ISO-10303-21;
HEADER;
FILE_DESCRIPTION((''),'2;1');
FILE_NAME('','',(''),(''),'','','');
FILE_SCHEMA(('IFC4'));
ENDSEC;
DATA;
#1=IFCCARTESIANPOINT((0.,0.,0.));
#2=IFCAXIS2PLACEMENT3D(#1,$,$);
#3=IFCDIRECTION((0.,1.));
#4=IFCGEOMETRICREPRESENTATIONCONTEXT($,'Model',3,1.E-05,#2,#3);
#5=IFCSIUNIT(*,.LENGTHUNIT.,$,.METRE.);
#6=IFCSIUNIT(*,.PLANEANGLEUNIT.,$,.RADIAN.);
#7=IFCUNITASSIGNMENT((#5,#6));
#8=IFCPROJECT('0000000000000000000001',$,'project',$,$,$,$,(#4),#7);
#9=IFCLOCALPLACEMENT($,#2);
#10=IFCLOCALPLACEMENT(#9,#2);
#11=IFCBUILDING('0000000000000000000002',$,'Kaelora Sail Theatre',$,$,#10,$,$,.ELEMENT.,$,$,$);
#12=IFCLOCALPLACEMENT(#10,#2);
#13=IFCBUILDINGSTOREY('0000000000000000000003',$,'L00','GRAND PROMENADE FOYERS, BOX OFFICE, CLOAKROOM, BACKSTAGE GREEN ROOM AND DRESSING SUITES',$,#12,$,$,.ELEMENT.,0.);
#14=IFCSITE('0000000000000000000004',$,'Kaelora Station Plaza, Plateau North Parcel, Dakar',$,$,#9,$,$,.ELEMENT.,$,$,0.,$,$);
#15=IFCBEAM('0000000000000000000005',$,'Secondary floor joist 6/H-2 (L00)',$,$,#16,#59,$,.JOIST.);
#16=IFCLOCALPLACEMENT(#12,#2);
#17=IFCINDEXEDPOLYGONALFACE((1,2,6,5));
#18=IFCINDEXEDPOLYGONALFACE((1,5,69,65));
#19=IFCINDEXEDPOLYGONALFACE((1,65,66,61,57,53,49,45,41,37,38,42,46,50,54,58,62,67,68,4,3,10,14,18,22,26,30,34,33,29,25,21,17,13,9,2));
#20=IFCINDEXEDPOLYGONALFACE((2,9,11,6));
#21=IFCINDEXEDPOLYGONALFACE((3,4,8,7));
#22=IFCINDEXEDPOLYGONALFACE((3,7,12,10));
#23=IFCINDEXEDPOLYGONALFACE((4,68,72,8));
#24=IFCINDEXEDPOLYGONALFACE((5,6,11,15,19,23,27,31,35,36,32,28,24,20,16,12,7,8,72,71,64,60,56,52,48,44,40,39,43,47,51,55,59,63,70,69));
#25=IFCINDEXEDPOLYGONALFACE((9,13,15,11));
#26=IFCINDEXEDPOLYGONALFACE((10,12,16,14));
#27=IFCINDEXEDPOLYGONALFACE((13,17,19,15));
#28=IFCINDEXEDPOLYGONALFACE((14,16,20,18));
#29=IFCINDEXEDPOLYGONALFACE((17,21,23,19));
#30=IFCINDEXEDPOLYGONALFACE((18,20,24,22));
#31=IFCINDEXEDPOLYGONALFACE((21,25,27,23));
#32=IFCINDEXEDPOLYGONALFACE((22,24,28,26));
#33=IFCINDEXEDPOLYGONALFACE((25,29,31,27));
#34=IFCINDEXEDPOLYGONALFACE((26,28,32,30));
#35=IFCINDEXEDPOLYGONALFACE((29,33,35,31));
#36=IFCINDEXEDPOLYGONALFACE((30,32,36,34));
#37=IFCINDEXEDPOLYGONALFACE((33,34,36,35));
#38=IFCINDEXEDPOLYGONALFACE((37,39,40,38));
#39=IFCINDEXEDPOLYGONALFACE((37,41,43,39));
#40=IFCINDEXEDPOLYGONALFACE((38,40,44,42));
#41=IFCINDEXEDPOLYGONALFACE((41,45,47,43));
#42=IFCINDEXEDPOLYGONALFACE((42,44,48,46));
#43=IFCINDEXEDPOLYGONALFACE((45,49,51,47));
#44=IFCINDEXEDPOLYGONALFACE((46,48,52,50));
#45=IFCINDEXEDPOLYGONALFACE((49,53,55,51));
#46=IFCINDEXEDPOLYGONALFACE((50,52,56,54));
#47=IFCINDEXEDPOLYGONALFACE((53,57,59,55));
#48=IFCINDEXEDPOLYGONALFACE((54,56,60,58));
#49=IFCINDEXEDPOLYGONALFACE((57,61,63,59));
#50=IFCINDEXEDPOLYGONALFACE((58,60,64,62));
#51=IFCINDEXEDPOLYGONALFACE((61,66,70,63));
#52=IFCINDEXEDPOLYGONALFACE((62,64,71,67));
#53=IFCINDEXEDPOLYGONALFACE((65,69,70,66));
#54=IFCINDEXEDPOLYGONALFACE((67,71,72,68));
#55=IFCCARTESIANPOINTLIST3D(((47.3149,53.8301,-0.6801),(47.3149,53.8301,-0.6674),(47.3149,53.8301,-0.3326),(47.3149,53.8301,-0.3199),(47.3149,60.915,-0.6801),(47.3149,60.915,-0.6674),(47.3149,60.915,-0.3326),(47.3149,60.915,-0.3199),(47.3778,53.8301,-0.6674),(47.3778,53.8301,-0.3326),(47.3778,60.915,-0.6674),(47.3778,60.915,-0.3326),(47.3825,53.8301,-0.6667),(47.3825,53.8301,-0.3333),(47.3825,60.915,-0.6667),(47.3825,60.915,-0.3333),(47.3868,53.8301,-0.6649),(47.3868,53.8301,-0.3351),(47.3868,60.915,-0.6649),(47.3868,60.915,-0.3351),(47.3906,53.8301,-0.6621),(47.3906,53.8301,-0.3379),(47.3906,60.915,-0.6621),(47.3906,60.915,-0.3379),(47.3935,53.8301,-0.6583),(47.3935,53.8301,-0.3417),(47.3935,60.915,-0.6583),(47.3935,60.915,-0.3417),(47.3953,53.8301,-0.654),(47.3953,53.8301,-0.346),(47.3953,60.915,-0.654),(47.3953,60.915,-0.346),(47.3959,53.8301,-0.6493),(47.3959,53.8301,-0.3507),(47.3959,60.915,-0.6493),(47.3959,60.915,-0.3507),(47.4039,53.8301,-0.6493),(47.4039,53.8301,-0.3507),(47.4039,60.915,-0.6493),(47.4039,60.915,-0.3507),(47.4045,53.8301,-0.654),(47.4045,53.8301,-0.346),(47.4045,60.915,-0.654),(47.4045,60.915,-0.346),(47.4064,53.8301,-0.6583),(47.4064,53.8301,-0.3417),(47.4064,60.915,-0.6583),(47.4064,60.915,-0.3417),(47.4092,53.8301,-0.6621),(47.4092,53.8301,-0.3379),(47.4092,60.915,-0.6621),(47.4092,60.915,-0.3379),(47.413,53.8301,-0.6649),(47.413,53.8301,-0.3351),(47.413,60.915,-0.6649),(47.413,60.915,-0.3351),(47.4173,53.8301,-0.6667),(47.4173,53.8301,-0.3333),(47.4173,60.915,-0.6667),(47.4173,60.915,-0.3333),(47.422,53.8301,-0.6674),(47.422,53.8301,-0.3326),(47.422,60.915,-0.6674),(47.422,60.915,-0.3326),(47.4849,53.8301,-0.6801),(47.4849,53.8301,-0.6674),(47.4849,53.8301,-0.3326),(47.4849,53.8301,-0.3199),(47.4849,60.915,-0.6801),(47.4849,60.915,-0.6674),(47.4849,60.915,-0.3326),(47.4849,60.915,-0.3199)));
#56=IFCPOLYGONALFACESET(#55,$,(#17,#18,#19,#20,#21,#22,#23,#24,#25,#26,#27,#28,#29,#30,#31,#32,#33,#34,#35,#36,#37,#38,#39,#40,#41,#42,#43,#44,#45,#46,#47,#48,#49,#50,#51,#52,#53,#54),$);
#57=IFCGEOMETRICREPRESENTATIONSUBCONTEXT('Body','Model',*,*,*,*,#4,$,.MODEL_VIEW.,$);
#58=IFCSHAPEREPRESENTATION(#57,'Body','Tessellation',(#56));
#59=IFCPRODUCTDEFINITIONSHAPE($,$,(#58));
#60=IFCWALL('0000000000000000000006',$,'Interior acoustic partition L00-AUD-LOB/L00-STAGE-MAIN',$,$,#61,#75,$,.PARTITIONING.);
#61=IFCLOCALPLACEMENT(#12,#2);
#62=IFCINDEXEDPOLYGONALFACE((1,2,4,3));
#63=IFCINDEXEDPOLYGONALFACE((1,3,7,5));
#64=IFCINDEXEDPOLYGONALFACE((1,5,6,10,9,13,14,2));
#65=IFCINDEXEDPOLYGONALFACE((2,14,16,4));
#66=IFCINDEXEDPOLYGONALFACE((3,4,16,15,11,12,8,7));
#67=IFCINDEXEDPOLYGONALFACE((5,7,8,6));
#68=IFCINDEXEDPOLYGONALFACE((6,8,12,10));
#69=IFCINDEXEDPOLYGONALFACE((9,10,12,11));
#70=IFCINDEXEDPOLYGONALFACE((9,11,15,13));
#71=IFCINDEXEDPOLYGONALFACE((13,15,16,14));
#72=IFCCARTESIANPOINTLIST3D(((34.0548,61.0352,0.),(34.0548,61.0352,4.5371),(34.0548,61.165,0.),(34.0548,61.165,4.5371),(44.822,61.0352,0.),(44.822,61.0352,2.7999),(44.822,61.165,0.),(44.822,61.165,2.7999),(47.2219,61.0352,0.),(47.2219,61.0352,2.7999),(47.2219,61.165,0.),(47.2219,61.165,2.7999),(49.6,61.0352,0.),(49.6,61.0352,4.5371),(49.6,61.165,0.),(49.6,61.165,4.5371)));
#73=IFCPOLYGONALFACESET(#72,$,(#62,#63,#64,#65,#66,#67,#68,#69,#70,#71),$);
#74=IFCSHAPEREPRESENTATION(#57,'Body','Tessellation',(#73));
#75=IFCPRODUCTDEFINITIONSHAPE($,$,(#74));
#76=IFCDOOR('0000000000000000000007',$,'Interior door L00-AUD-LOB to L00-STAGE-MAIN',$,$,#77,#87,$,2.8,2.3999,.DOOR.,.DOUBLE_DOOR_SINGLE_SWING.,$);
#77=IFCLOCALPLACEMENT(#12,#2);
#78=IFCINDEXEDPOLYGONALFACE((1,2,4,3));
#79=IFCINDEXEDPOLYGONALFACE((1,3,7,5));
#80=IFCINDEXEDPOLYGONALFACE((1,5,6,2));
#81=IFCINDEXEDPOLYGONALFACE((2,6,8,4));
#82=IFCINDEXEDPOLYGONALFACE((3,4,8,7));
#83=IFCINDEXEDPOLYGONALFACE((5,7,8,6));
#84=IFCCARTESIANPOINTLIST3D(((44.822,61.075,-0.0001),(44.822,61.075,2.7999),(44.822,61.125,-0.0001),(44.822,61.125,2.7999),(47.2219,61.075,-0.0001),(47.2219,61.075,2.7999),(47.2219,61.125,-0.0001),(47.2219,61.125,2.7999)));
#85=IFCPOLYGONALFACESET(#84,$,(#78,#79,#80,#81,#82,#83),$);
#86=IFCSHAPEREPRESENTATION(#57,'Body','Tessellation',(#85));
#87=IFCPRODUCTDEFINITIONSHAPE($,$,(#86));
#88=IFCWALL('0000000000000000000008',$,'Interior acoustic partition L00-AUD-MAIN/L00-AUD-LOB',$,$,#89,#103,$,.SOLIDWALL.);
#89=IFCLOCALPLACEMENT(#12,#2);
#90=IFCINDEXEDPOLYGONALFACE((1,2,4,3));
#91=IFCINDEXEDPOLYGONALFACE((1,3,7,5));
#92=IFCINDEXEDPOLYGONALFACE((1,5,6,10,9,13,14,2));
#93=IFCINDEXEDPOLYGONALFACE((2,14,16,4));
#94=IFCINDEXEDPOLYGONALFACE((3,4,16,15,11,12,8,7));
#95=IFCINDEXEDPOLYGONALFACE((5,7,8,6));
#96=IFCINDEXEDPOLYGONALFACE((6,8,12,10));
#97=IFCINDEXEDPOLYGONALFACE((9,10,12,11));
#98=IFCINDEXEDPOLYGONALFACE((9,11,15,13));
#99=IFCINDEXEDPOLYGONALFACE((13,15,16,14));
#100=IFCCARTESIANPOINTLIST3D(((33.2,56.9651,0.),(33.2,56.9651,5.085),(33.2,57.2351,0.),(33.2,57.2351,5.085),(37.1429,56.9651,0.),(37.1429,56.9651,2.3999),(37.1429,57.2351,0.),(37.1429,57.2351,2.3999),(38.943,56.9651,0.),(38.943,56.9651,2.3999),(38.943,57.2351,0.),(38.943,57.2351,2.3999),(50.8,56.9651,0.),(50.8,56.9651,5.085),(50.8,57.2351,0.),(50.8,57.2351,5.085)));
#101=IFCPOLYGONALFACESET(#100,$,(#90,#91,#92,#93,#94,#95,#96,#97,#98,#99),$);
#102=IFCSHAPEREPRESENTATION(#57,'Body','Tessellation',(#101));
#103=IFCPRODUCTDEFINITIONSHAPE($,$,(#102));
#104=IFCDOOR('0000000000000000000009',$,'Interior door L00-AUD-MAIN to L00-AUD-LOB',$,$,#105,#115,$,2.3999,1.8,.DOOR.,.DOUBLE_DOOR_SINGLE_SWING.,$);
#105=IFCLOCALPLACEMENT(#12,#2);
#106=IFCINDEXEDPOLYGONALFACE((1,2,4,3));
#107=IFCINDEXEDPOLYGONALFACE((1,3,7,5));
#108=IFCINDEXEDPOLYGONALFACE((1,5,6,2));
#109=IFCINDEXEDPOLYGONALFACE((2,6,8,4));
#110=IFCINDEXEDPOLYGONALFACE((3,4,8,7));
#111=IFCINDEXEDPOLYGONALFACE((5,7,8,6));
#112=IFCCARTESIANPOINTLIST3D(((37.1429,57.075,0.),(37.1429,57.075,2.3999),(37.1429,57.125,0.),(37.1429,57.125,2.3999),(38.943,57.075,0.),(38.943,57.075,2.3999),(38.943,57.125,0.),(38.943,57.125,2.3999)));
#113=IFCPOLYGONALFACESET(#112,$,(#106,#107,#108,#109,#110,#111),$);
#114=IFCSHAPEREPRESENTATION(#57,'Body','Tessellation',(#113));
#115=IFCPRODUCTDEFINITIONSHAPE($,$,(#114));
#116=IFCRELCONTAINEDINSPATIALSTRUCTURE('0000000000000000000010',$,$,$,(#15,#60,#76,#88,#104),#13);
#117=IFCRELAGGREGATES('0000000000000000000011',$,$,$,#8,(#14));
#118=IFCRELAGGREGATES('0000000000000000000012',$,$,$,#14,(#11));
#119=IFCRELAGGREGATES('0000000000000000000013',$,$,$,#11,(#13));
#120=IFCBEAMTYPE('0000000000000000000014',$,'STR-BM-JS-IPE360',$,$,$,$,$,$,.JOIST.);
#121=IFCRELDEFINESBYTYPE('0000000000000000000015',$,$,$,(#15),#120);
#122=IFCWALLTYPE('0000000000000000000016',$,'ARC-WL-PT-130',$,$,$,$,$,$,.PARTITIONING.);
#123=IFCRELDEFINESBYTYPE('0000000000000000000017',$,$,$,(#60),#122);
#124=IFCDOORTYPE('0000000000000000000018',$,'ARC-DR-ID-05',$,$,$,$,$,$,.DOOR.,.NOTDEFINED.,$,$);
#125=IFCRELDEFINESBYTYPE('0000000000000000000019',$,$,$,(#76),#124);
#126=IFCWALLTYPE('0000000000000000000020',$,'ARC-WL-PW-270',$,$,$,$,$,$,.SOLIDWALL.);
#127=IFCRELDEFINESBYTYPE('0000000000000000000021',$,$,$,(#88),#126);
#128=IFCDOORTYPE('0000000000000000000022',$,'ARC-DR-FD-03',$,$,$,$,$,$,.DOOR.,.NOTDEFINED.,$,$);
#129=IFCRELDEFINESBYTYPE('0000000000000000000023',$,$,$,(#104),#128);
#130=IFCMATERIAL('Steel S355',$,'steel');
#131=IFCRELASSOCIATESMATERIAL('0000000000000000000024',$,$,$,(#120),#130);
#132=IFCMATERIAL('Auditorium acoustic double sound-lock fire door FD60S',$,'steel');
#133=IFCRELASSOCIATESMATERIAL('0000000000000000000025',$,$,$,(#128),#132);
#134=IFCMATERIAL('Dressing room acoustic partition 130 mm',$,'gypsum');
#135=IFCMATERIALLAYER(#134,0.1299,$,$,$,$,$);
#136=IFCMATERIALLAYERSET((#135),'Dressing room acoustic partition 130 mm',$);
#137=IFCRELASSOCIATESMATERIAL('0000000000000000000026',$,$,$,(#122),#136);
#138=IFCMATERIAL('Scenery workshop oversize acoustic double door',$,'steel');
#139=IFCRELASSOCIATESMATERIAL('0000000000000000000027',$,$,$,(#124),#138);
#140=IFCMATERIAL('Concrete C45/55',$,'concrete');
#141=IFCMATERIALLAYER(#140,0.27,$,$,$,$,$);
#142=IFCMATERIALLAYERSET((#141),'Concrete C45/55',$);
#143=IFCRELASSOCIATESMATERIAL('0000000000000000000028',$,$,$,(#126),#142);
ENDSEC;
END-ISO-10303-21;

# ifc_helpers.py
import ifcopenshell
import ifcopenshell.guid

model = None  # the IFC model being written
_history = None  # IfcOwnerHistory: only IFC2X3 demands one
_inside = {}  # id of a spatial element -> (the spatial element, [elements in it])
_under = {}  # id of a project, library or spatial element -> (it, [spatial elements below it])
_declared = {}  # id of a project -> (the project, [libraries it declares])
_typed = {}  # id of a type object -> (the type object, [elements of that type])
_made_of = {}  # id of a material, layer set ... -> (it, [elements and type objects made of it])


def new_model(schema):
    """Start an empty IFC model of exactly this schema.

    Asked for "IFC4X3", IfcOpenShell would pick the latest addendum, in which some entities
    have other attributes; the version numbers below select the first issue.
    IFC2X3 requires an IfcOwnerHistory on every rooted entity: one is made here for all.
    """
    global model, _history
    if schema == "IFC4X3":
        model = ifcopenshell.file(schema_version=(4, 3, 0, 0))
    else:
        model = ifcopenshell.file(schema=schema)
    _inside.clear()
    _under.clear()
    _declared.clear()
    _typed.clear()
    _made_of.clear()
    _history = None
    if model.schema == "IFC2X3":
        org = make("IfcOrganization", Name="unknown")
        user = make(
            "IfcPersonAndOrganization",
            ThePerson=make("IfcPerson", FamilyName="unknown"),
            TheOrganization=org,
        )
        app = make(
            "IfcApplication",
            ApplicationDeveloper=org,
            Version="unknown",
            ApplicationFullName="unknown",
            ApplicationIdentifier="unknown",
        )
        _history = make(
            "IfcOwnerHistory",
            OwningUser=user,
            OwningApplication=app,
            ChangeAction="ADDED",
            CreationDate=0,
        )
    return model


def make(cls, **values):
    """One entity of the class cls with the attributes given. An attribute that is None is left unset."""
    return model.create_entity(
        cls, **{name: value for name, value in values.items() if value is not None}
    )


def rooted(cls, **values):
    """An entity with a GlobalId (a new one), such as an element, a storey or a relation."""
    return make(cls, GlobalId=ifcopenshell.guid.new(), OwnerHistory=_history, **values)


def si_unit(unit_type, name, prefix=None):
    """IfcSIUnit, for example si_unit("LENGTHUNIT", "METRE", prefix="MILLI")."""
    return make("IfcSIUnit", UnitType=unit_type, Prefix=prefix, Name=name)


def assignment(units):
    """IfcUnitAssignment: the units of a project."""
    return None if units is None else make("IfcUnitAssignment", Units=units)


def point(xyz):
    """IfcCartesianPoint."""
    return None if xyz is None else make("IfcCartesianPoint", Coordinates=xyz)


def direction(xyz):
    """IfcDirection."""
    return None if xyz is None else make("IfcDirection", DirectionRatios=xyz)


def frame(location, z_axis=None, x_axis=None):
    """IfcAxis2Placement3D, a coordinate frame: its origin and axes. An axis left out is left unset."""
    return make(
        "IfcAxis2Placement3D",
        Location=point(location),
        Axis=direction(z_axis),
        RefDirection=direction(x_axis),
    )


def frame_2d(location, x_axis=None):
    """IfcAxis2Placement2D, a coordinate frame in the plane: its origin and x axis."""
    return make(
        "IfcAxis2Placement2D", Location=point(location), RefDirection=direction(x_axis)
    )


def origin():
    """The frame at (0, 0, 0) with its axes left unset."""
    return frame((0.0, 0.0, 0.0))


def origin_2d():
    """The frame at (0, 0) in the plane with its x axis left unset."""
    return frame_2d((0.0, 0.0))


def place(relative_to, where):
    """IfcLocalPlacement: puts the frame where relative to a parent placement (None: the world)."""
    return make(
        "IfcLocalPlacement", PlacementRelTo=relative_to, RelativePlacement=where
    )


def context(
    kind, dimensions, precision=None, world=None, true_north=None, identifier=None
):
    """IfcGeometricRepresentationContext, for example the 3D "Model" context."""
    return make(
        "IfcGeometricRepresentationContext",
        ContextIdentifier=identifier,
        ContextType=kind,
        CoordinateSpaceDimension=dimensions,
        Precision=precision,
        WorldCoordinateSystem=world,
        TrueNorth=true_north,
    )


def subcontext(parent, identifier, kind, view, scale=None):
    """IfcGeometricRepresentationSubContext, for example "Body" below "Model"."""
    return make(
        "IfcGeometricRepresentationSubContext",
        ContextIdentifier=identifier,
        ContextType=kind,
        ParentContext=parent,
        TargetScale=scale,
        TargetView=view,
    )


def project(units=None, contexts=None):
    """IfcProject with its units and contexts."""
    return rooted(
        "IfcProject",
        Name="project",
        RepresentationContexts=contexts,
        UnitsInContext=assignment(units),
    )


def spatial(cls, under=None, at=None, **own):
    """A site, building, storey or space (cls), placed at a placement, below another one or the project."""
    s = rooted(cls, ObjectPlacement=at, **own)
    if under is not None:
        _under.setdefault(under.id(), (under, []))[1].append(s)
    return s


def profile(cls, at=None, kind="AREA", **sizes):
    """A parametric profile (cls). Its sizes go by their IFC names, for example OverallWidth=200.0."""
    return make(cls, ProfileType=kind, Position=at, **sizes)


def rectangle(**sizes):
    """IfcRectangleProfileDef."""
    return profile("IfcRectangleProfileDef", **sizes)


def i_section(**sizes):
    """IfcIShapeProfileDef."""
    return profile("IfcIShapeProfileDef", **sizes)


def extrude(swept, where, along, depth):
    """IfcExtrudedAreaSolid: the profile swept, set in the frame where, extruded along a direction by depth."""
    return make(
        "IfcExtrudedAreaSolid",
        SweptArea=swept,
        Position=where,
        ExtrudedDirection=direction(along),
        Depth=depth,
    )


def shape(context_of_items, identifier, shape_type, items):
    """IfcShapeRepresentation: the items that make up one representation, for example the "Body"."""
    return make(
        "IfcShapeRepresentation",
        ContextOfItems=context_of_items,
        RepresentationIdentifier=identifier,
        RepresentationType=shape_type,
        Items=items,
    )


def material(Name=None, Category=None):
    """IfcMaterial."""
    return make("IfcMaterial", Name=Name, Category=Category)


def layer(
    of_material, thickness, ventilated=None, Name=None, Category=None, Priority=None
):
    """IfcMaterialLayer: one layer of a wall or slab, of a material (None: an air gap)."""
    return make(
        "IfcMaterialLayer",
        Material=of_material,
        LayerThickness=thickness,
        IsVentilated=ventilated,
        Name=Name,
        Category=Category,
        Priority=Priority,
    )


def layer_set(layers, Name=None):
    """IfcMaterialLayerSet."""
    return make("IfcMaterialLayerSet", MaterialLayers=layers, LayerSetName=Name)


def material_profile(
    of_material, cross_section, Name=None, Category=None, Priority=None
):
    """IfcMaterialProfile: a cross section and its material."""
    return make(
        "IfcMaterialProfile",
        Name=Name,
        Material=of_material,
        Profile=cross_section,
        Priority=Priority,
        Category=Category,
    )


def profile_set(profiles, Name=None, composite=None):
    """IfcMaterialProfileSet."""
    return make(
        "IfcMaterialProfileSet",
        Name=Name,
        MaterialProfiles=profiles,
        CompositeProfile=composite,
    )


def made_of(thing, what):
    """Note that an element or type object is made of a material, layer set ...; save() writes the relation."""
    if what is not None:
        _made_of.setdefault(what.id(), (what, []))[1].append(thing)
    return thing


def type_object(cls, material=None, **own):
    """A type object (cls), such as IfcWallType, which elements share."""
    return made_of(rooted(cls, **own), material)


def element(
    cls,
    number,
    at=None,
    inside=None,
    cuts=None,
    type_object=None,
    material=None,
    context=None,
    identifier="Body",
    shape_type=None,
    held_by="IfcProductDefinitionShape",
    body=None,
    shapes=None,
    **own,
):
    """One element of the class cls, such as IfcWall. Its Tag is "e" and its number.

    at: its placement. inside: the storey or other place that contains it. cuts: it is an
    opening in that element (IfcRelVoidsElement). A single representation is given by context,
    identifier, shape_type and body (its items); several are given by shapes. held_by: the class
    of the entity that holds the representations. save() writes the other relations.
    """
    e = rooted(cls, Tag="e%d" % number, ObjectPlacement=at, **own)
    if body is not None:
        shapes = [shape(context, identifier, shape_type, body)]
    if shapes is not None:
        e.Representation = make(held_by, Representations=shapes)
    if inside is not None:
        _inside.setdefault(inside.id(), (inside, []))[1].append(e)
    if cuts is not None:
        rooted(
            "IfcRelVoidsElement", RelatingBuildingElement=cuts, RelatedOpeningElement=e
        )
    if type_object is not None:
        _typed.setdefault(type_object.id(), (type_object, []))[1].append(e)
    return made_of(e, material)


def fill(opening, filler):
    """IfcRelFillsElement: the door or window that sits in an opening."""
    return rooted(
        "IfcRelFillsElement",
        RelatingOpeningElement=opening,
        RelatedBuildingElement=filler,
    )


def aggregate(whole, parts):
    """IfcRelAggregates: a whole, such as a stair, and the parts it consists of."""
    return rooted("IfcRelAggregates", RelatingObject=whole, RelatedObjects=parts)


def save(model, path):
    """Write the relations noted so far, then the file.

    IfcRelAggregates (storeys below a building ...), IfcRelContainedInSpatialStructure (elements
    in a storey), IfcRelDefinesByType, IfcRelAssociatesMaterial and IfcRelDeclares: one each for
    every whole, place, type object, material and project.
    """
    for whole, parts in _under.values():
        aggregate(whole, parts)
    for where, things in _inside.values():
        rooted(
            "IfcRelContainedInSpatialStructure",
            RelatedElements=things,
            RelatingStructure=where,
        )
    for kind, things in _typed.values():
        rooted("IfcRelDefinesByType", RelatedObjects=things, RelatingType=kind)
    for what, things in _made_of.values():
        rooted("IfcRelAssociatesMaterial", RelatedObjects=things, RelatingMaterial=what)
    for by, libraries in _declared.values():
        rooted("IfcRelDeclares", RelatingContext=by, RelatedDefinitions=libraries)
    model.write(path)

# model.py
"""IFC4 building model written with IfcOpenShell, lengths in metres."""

from ifc_helpers import new_model, si_unit, direction, frame, frame_2d, origin, origin_2d, place, context, subcontext, project, spatial, rectangle, i_section, extrude, material, layer, layer_set, material_profile, profile_set, type_object, element, fill, save


model = new_model("IFC4")

# Units and contexts
model_context = context("Model", 3, precision=1e-05, world=origin(), true_north=direction((0.0, 1.0)))
body_context = subcontext(model_context, "Body", "Model", "MODEL_VIEW")
ifc_project = project(units=[si_unit("LENGTHUNIT", "METRE"), si_unit("PLANEANGLEUNIT", "RADIAN")], contexts=[model_context])

# Site, building, storey
site_placement = place(None, origin())
site = spatial("IfcSite", under=ifc_project, at=site_placement, Name="Kaelora Station Plaza, Plateau North Parcel, Dakar", CompositionType="ELEMENT", RefElevation=0.0)
building_placement = place(site_placement, origin())
building = spatial("IfcBuilding", under=site, at=building_placement, Name="Kaelora Sail Theatre", CompositionType="ELEMENT")
storey_placement = place(building_placement, origin())
storey = spatial("IfcBuildingStorey", under=building, at=storey_placement, Name="L00", Description="GRAND PROMENADE FOYERS, BOX OFFICE, CLOAKROOM, BACKSTAGE GREEN ROOM AND DRESSING SUITES", CompositionType="ELEMENT", Elevation=0.0)

# Beam
ifc_material_1 = material(Name="Steel S355", Category="steel")
ifc_material_profile_1 = material_profile(ifc_material_1, i_section(OverallWidth=0.1699, OverallDepth=0.3601, WebThickness=0.0081, FlangeThickness=0.0127, FilletRadius=0.0181, at=origin_2d()), Name="IPE 360")
ifc_profile_set_1 = profile_set([ifc_material_profile_1], Name="Steel S355")
beam_type_1 = type_object("IfcBeamType", Name="STR-BM-JS-IPE360", PredefinedType="JOIST", material=ifc_profile_set_1)
beam_1_placement = place(storey_placement, frame((47.3999, 53.8301, -0.5), z_axis=(0.0, 1.0, 0.0), x_axis=(-1.0, 0.0, 0.0)))
element("IfcBeam", 1, at=beam_1_placement, inside=storey, type_object=beam_type_1, Name="Secondary floor joist 6/H-2 (L00)", PredefinedType="JOIST", context=body_context, shape_type="SweptSolid", body=[
    extrude(i_section(OverallWidth=0.1699, OverallDepth=0.3601, WebThickness=0.0081, FlangeThickness=0.0127, FilletRadius=0.0181, at=origin_2d()), origin(), (0.0, 0.0, 1.0), 7.085),
])

# Walls, openings, doors
ifc_material_2 = material(Name="Auditorium acoustic double sound-lock fire door FD60S", Category="steel")
door_type_1 = type_object("IfcDoorType", Name="ARC-DR-FD-03", OperationType="NOTDEFINED", PredefinedType="DOOR", material=ifc_material_2)
ifc_material_3 = material(Name="Dressing room acoustic partition 130 mm", Category="gypsum")
ifc_layer_1 = layer(ifc_material_3, 0.1299)
ifc_layer_set_1 = layer_set([ifc_layer_1], Name="Dressing room acoustic partition 130 mm")
wall_type_1 = type_object("IfcWallType", Name="ARC-WL-PT-130", PredefinedType="PARTITIONING", material=ifc_layer_set_1)
wall_1_placement = place(storey_placement, frame((34.0549, 61.1001, 0.0), z_axis=(0.0, 0.0, 1.0), x_axis=(1.0, 0.0, 0.0)))
wall_1 = element("IfcWall", 2, at=wall_1_placement, inside=storey, type_object=wall_type_1, Name="Interior acoustic partition L00-AUD-LOB/L00-STAGE-MAIN", PredefinedType="PARTITIONING", context=body_context, shape_type="SweptSolid", body=[
    extrude(rectangle(XDim=15.5452, YDim=0.1299, at=frame_2d((7.7725, 0.0))), origin(), (0.0, 0.0, 1.0), 4.5371),
])
opening_1_placement = place(wall_1_placement, frame((10.7671, 0.0, 0.0)))
opening_1 = element("IfcOpeningElement", 3, at=opening_1_placement, cuts=wall_1, PredefinedType="OPENING", context=body_context, shape_type="SweptSolid", body=[
    extrude(rectangle(XDim=2.3999, YDim=2.8, at=frame_2d((1.2, 1.3999))), frame((0.0, 0.0749, 0.0), z_axis=(0.0, -1.0, 0.0), x_axis=(1.0, 0.0, 0.0)), (0.0, 0.0, 1.0), 0.1499),
])
ifc_material_4 = material(Name="Scenery workshop oversize acoustic double door", Category="steel")
door_type_2 = type_object("IfcDoorType", Name="ARC-DR-ID-05", OperationType="NOTDEFINED", PredefinedType="DOOR", material=ifc_material_4)
door_1_placement = place(opening_1_placement, origin())
door_1 = element("IfcDoor", 4, at=door_1_placement, inside=storey, type_object=door_type_2, Name="Interior door L00-AUD-LOB to L00-STAGE-MAIN", OperationType="DOUBLE_DOOR_SINGLE_SWING", OverallHeight=2.8, OverallWidth=2.3999, PredefinedType="DOOR", context=body_context, shape_type="SweptSolid", body=[
    extrude(rectangle(XDim=2.3999, YDim=2.8, at=frame_2d((1.2, 1.3999))), frame((0.0, 0.0249, 0.0), z_axis=(0.0, -1.0, 0.0), x_axis=(1.0, 0.0, 0.0)), (0.0, 0.0, 1.0), 0.05),
])
fill(opening_1, door_1)
ifc_material_5 = material(Name="Concrete C45/55", Category="concrete")
ifc_layer_2 = layer(ifc_material_5, 0.27)
ifc_layer_set_2 = layer_set([ifc_layer_2], Name="Concrete C45/55")
wall_type_2 = type_object("IfcWallType", Name="ARC-WL-PW-270", PredefinedType="SOLIDWALL", material=ifc_layer_set_2)
wall_2_placement = place(storey_placement, frame((33.2, 57.1001, 0.0), z_axis=(0.0, 0.0, 1.0), x_axis=(1.0, 0.0, 0.0)))
wall_2 = element("IfcWall", 5, at=wall_2_placement, inside=storey, type_object=wall_type_2, Name="Interior acoustic partition L00-AUD-MAIN/L00-AUD-LOB", PredefinedType="SOLIDWALL", context=body_context, shape_type="SweptSolid", body=[
    extrude(rectangle(XDim=17.6001, YDim=0.27, at=frame_2d((8.8, 0.0))), origin(), (0.0, 0.0, 1.0), 5.085),
])
opening_2_placement = place(wall_2_placement, frame((3.9431, 0.0, 0.0)))
opening_2 = element("IfcOpeningElement", 6, at=opening_2_placement, cuts=wall_2, PredefinedType="OPENING", context=body_context, shape_type="SweptSolid", body=[
    extrude(rectangle(XDim=1.8, YDim=2.3999, at=frame_2d((0.8999, 1.2))), frame((0.0, 0.145, 0.0), z_axis=(0.0, -1.0, 0.0), x_axis=(1.0, 0.0, 0.0)), (0.0, 0.0, 1.0), 0.29),
])
door_2_placement = place(opening_2_placement, origin())
door_2 = element("IfcDoor", 7, at=door_2_placement, inside=storey, type_object=door_type_1, Name="Interior door L00-AUD-MAIN to L00-AUD-LOB", OperationType="DOUBLE_DOOR_SINGLE_SWING", OverallHeight=2.3999, OverallWidth=1.8, PredefinedType="DOOR", context=body_context, shape_type="SweptSolid", body=[
    extrude(rectangle(XDim=1.8, YDim=2.3999, at=frame_2d((0.8999, 1.2))), frame((0.0, 0.0249, 0.0), z_axis=(0.0, -1.0, 0.0), x_axis=(1.0, 0.0, 0.0)), (0.0, 0.0, 1.0), 0.05),
])
fill(opening_2, door_2)

save(model, "model.ifc")
